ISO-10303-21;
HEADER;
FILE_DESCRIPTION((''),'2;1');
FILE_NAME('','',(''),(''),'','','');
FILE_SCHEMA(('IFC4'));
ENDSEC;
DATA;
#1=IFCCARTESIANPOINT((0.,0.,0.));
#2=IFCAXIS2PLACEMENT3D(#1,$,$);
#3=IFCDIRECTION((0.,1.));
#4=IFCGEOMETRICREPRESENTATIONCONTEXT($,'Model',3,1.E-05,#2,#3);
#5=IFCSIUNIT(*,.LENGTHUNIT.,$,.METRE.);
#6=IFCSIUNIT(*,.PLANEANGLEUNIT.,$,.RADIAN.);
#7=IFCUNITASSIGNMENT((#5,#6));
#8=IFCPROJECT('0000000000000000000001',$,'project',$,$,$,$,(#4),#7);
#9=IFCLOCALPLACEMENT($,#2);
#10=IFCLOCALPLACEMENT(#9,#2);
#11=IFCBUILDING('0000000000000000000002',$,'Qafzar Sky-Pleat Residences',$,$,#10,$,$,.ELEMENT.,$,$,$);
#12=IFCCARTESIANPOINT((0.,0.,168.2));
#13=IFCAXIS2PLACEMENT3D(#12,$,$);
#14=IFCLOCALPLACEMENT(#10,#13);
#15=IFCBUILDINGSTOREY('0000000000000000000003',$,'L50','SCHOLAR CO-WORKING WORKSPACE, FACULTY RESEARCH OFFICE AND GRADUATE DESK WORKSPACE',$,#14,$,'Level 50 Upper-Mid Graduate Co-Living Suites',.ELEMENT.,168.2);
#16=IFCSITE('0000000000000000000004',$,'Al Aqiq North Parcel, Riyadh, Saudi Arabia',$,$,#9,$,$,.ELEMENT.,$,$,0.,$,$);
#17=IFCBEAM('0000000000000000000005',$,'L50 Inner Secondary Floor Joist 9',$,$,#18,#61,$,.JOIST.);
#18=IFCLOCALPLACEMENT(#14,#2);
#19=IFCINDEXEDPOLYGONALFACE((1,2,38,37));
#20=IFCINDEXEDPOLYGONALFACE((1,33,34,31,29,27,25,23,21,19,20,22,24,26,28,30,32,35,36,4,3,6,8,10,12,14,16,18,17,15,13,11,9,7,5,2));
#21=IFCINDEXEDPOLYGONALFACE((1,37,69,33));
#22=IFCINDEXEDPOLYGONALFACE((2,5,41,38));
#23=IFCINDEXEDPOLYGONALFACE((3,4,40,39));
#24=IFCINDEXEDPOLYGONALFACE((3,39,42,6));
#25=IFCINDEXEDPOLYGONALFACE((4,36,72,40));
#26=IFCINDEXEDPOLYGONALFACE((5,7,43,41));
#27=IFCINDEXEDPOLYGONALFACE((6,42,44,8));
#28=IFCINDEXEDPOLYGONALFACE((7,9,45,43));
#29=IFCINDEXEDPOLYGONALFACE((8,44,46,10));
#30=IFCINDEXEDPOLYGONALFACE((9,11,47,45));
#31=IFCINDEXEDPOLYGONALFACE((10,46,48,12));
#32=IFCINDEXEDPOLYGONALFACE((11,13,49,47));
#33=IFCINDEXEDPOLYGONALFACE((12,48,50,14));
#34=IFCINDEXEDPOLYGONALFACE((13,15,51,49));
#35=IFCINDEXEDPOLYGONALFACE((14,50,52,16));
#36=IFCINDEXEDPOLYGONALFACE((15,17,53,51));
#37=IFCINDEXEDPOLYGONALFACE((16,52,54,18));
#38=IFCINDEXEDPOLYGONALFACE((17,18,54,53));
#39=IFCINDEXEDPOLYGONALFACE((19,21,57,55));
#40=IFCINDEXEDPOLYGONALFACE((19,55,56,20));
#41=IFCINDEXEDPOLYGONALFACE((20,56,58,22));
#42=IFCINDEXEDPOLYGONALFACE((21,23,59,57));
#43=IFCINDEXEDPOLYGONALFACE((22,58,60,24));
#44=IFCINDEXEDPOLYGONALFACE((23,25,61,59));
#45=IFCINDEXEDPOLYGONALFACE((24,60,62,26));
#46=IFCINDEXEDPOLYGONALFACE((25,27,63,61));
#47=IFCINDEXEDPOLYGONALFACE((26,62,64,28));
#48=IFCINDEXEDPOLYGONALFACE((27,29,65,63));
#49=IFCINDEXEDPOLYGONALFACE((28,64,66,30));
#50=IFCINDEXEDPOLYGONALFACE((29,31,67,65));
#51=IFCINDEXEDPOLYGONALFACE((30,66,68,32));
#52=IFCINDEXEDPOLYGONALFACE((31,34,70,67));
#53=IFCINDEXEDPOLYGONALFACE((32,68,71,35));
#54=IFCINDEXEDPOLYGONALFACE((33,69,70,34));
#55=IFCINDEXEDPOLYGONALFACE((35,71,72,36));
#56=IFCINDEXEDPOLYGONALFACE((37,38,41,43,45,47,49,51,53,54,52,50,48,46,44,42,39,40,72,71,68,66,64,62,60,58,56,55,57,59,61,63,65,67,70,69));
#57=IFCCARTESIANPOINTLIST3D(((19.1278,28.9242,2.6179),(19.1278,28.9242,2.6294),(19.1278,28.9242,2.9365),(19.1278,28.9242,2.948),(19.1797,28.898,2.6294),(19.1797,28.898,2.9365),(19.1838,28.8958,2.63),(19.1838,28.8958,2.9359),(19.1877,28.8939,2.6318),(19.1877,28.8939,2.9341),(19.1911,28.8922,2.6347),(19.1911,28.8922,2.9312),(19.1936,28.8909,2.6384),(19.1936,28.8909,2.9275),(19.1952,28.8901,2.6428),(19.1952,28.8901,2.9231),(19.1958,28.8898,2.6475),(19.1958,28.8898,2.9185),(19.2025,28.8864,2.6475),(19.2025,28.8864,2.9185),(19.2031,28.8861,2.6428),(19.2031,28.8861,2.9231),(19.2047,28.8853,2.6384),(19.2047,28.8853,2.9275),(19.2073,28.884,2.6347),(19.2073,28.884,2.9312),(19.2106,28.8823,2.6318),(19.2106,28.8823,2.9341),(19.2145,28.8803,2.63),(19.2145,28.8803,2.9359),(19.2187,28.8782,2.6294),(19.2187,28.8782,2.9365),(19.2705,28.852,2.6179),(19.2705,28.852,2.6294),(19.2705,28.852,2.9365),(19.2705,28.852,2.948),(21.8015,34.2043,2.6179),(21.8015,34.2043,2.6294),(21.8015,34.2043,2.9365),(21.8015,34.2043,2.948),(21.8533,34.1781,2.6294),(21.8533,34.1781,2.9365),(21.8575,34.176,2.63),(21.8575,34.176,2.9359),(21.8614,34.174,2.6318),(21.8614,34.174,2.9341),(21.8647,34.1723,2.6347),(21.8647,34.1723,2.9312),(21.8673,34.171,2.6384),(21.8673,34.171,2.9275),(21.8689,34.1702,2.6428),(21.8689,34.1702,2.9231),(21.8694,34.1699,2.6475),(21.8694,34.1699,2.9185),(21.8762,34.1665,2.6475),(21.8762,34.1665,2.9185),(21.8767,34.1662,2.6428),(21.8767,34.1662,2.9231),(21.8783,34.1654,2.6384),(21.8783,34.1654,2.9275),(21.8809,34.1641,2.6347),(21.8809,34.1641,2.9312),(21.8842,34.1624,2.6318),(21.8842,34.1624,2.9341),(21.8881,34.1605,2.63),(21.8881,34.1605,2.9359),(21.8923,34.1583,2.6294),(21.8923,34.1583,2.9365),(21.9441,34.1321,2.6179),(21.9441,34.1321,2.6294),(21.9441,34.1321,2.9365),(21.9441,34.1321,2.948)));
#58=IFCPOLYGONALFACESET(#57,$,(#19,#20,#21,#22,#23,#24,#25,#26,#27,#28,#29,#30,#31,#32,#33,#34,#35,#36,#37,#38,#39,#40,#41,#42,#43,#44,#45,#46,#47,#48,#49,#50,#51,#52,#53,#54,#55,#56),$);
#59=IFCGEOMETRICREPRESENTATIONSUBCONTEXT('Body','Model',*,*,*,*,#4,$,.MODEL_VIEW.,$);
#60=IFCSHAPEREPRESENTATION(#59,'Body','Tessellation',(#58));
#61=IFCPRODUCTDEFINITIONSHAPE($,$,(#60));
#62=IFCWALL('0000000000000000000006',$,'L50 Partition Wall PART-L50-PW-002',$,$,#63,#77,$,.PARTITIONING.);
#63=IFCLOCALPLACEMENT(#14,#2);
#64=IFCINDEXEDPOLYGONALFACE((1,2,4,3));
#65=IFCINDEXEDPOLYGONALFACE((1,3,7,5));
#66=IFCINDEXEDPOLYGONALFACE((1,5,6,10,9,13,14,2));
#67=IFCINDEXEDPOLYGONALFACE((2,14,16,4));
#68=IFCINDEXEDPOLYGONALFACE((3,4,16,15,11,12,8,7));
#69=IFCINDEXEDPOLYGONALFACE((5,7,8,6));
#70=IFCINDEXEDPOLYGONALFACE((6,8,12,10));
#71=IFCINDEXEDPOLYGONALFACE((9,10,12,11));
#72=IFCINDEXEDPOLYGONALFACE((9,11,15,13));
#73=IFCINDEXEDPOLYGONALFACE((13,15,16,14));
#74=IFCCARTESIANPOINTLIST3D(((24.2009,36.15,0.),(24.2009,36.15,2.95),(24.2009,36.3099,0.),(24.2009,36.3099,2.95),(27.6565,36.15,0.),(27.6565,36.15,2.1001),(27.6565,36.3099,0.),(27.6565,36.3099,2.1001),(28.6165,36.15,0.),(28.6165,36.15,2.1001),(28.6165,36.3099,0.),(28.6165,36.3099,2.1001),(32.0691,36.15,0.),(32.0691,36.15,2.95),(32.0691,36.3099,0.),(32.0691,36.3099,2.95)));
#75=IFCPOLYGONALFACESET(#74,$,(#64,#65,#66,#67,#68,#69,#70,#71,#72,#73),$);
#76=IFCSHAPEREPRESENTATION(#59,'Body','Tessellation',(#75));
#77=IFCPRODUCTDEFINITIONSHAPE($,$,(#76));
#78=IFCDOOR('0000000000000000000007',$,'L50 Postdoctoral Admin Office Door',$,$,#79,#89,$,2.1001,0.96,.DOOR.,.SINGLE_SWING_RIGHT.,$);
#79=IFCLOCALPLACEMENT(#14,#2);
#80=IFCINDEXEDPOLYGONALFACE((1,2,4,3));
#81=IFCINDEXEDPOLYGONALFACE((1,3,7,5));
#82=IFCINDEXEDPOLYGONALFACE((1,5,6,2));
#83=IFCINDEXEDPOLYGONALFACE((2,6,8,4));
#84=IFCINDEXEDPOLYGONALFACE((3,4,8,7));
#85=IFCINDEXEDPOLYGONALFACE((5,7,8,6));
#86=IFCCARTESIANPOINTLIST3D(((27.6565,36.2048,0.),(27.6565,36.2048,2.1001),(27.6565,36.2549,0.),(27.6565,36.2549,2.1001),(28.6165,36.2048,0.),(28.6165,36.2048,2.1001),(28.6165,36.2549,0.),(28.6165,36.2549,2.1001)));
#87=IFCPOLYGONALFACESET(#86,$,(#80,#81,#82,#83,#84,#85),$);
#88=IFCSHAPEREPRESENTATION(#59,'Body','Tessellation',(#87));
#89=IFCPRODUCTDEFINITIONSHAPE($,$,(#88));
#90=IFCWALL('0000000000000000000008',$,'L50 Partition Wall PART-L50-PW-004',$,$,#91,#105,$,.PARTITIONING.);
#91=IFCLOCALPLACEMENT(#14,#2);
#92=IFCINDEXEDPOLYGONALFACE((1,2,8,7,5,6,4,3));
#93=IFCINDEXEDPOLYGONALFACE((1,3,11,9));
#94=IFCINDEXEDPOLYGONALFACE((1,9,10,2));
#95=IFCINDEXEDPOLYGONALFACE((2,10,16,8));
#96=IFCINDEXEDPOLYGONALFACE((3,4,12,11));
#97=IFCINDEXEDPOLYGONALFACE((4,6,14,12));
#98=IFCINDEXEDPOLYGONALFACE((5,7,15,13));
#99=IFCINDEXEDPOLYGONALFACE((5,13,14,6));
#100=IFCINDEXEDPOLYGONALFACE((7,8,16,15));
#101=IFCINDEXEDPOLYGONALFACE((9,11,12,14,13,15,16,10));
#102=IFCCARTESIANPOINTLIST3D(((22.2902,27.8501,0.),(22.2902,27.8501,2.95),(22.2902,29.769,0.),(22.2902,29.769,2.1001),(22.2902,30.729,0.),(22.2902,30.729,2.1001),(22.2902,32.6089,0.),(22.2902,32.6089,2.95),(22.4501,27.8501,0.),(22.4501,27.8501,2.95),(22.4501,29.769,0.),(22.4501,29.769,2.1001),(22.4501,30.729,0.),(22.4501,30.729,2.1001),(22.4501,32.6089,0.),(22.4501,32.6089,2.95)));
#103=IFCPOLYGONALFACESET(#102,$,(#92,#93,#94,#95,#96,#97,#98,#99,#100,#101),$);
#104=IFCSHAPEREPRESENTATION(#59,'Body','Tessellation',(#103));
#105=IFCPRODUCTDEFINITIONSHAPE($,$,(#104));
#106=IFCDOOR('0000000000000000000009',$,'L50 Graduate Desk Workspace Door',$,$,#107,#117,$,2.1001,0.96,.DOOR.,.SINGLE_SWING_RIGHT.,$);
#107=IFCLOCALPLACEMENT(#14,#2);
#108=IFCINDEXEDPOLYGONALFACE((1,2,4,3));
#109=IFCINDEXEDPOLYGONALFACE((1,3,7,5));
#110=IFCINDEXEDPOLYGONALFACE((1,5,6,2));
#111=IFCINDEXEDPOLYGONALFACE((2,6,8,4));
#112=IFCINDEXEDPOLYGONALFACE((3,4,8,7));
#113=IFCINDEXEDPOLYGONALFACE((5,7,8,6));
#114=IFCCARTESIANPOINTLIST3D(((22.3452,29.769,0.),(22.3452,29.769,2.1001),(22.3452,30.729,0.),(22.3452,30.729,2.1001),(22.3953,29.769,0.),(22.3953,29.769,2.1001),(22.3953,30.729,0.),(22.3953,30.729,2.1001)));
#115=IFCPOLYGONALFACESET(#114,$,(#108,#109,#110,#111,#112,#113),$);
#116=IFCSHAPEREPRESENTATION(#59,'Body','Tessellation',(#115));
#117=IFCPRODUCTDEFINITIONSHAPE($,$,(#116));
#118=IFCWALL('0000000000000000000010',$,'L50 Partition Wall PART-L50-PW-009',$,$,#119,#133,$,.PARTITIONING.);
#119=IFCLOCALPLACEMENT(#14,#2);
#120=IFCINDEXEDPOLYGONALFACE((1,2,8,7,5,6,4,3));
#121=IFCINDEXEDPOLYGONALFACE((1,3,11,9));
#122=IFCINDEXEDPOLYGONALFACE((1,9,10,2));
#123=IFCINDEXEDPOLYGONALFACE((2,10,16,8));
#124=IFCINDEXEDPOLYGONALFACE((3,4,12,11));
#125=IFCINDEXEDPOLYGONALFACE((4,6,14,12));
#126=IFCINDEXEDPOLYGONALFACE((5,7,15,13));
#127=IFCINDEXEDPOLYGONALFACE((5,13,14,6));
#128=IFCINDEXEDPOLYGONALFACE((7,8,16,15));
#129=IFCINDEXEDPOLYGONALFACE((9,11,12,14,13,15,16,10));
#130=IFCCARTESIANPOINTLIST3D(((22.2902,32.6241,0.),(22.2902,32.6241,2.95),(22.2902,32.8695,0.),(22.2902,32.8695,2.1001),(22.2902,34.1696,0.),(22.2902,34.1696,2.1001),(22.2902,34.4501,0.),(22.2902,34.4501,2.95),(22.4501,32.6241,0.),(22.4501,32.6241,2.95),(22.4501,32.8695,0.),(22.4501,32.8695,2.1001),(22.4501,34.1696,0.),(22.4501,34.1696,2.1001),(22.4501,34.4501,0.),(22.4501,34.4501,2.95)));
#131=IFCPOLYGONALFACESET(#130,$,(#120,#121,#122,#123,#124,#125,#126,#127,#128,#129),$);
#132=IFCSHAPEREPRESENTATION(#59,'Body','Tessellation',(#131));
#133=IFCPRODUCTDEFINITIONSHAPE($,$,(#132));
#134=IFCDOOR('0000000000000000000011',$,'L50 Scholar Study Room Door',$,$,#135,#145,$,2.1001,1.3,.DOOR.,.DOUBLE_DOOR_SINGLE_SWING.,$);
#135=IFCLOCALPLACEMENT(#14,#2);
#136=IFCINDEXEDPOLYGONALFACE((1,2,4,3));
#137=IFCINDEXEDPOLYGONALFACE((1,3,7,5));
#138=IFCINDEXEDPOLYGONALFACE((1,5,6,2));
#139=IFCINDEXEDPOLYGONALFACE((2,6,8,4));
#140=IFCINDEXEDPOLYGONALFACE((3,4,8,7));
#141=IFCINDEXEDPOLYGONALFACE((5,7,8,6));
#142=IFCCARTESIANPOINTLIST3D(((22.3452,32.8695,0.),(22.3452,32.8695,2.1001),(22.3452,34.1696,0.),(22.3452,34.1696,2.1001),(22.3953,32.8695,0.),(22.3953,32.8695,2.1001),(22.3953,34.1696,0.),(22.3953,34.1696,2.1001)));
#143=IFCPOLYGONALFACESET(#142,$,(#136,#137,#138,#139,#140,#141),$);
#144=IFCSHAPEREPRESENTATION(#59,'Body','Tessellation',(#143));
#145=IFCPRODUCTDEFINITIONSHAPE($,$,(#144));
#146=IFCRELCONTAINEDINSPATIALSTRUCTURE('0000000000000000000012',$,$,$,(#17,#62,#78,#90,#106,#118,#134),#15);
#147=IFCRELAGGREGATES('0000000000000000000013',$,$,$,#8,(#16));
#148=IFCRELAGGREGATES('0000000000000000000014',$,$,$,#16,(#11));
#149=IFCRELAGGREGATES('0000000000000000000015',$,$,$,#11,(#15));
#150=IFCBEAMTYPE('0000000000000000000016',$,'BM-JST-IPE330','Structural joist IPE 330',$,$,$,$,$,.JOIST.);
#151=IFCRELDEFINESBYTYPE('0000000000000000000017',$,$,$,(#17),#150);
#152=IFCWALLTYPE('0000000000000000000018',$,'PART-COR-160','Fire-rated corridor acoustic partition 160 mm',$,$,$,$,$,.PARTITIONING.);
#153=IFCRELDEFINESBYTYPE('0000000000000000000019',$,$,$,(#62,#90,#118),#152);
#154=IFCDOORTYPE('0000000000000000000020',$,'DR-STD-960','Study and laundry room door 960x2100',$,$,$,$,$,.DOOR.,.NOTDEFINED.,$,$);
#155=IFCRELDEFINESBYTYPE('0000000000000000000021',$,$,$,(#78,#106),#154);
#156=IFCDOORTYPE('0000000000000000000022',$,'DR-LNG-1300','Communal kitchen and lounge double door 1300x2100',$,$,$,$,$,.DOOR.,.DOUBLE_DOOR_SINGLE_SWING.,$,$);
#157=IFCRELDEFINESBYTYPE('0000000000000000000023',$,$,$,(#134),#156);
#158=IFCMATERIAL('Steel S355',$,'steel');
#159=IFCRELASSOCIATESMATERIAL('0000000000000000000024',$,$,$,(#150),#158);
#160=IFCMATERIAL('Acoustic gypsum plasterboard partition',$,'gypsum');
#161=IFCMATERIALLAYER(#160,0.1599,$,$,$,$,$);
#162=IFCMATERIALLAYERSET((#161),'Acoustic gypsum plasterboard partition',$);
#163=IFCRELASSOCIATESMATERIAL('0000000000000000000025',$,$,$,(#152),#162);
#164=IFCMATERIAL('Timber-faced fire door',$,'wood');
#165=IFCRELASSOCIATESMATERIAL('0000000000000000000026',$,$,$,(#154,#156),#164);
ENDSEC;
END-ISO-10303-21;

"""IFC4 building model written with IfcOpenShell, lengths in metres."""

from ifc_helpers import new_model, si_unit, direction, frame, frame_2d, origin, origin_2d, place, context, subcontext, project, spatial, rectangle, i_section, extrude, source, transform, mapped, material, layer, layer_set, material_profile, profile_set, type_object, element, fill, save


model = new_model("IFC4")

# Units and contexts
model_context = context("Model", 3, precision=1e-05, world=origin(), true_north=direction((0.0, 1.0)))
body_context = subcontext(model_context, "Body", "Model", "MODEL_VIEW")
ifc_project = project(units=[si_unit("LENGTHUNIT", "METRE"), si_unit("PLANEANGLEUNIT", "RADIAN")], contexts=[model_context])

# Site, building, storey
site_placement = place(None, origin())
site = spatial("IfcSite", under=ifc_project, at=site_placement, Name="Al Aqiq North Parcel, Riyadh, Saudi Arabia", CompositionType="ELEMENT", RefElevation=0.0)
building_placement = place(site_placement, origin())
building = spatial("IfcBuilding", under=site, at=building_placement, Name="Qafzar Sky-Pleat Residences", CompositionType="ELEMENT")
storey_placement = place(building_placement, frame((0.0, 0.0, 168.2)))
storey = spatial("IfcBuildingStorey", under=building, at=storey_placement, Name="L50", Description="SCHOLAR CO-WORKING WORKSPACE, FACULTY RESEARCH OFFICE AND GRADUATE DESK WORKSPACE", LongName="Level 50 Upper-Mid Graduate Co-Living Suites", CompositionType="ELEMENT", Elevation=168.2)

# Beam
ifc_material_1 = material(Name="Steel S355", Category="steel")
ifc_material_profile = material_profile(ifc_material_1, i_section(OverallWidth=0.1599, OverallDepth=0.3301, WebThickness=0.0076, FlangeThickness=0.0115, FilletRadius=0.0181, at=origin_2d()), Name="IPE 330")
ifc_profile_set = profile_set([ifc_material_profile], Name="Steel S355")
beam_type = type_object("IfcBeamType", Name="BM-JST-IPE330", Description="Structural joist IPE 330", PredefinedType="JOIST", material=ifc_profile_set)
shared_shape_1 = source(origin(), body_context, "Body", "SweptSolid", [
    extrude(i_section(OverallWidth=0.1599, OverallDepth=0.3301, WebThickness=0.0076, FlangeThickness=0.0115, FilletRadius=0.0181, at=origin_2d()), origin(), (0.0, 0.0, 1.0), 5.9185),
])
beam_placement = place(storey_placement, frame((21.8728, 34.1682, 2.783), z_axis=(-0.451746, -0.892147, 0.0), x_axis=(0.892147, -0.451746, 0.0)))
element("IfcBeam", 1, at=beam_placement, inside=storey, type_object=beam_type, Name="L50 Inner Secondary Floor Joist 9", PredefinedType="JOIST", context=body_context, shape_type="MappedRepresentation", body=[
    mapped(shared_shape_1, transform((0.0, 0.0, 0.0), x_axis=(1.0, 0.0, 0.0), y_axis=(0.0, 1.0, 0.0), z_axis=(0.0, 0.0, 1.0), scale=1.0)),
])

# Walls, openings, doors
ifc_material_2 = material(Name="Acoustic gypsum plasterboard partition", Category="gypsum")
ifc_layer_1 = layer(ifc_material_2, 0.1599)
ifc_layer_set_1 = layer_set([ifc_layer_1], Name="Acoustic gypsum plasterboard partition")
wall_type_1 = type_object("IfcWallType", Name="PART-COR-160", Description="Fire-rated corridor acoustic partition 160 mm", PredefinedType="PARTITIONING", material=ifc_layer_set_1)
wall_1_placement = place(storey_placement, frame((24.2009, 36.23, 0.0), z_axis=(0.0, 0.0, 1.0), x_axis=(1.0, 0.0, 0.0)))
wall_1 = element("IfcWall", 2, at=wall_1_placement, inside=storey, type_object=wall_type_1, Name="L50 Partition Wall PART-L50-PW-002", PredefinedType="PARTITIONING", context=body_context, shape_type="SweptSolid", body=[
    extrude(rectangle(XDim=7.8682, YDim=0.1599, at=frame_2d((3.9341, 0.0))), origin(), (0.0, 0.0, 1.0), 2.95),
])
opening_1_placement = place(wall_1_placement, frame((3.4556, 0.0, 0.0)))
opening_1 = element("IfcOpeningElement", 3, at=opening_1_placement, cuts=wall_1, PredefinedType="OPENING", context=body_context, shape_type="SweptSolid", body=[
    extrude(rectangle(XDim=0.96, YDim=2.1001, at=frame_2d((0.48, 1.05))), frame((0.0, 0.0898, 0.0), z_axis=(0.0, -1.0, 0.0), x_axis=(1.0, 0.0, 0.0)), (0.0, 0.0, 1.0), 0.1799),
])
ifc_material_3 = material(Name="Timber-faced fire door", Category="wood")
door_type_1 = type_object("IfcDoorType", Name="DR-STD-960", Description="Study and laundry room door 960x2100", OperationType="NOTDEFINED", PredefinedType="DOOR", material=ifc_material_3)
shared_shape_2 = source(origin(), body_context, "Body", "SweptSolid", [
    extrude(rectangle(XDim=0.96, YDim=2.1001, at=frame_2d((0.48, 1.05))), frame((0.0, 0.0249, 0.0), z_axis=(0.0, -1.0, 0.0), x_axis=(1.0, 0.0, 0.0)), (0.0, 0.0, 1.0), 0.05),
])
door_1_placement = place(opening_1_placement, origin())
door_1 = element("IfcDoor", 4, at=door_1_placement, inside=storey, type_object=door_type_1, Name="L50 Postdoctoral Admin Office Door", OperationType="SINGLE_SWING_RIGHT", OverallHeight=2.1001, OverallWidth=0.96, PredefinedType="DOOR", context=body_context, shape_type="MappedRepresentation", body=[
    mapped(shared_shape_2, transform((0.0, 0.0, 0.0), x_axis=(1.0, 0.0, 0.0), y_axis=(0.0, 1.0, 0.0), z_axis=(0.0, 0.0, 1.0), scale=1.0)),
])
fill(opening_1, door_1)
wall_2_placement = place(storey_placement, frame((22.3701, 27.8501, 0.0), z_axis=(0.0, 0.0, 1.0), x_axis=(0.0, 1.0, 0.0)))
wall_2 = element("IfcWall", 5, at=wall_2_placement, inside=storey, type_object=wall_type_1, Name="L50 Partition Wall PART-L50-PW-004", PredefinedType="PARTITIONING", context=body_context, shape_type="SweptSolid", body=[
    extrude(rectangle(XDim=4.7588, YDim=0.1599, at=frame_2d((2.3794, 0.0))), origin(), (0.0, 0.0, 1.0), 2.95),
])
opening_2_placement = place(wall_2_placement, frame((1.9189, 0.0, 0.0)))
opening_2 = element("IfcOpeningElement", 6, at=opening_2_placement, cuts=wall_2, PredefinedType="OPENING", context=body_context, shape_type="SweptSolid", body=[
    extrude(rectangle(XDim=0.96, YDim=2.1001, at=frame_2d((0.48, 1.05))), frame((0.0, 0.0898, 0.0), z_axis=(0.0, -1.0, 0.0), x_axis=(1.0, 0.0, 0.0)), (0.0, 0.0, 1.0), 0.1799),
])
door_2_placement = place(opening_2_placement, origin())
door_2 = element("IfcDoor", 7, at=door_2_placement, inside=storey, type_object=door_type_1, Name="L50 Graduate Desk Workspace Door", OperationType="SINGLE_SWING_RIGHT", OverallHeight=2.1001, OverallWidth=0.96, PredefinedType="DOOR", context=body_context, shape_type="MappedRepresentation", body=[
    mapped(shared_shape_2, transform((0.0, 0.0, 0.0), x_axis=(1.0, 0.0, 0.0), y_axis=(0.0, 1.0, 0.0), z_axis=(0.0, 0.0, 1.0), scale=1.0)),
])
fill(opening_2, door_2)
wall_3_placement = place(storey_placement, frame((22.3701, 32.624, 0.0), z_axis=(0.0, 0.0, 1.0), x_axis=(0.0, 1.0, 0.0)))
wall_3 = element("IfcWall", 8, at=wall_3_placement, inside=storey, type_object=wall_type_1, Name="L50 Partition Wall PART-L50-PW-009", PredefinedType="PARTITIONING", context=body_context, shape_type="SweptSolid", body=[
    extrude(rectangle(XDim=1.8259, YDim=0.1599, at=frame_2d((0.9131, 0.0))), origin(), (0.0, 0.0, 1.0), 2.95),
])
opening_3_placement = place(wall_3_placement, frame((0.2456, 0.0, 0.0)))
opening_3 = element("IfcOpeningElement", 9, at=opening_3_placement, cuts=wall_3, PredefinedType="OPENING", context=body_context, shape_type="SweptSolid", body=[
    extrude(rectangle(XDim=1.3, YDim=2.1001, at=frame_2d((0.6499, 1.05))), frame((0.0, 0.0898, 0.0), z_axis=(0.0, -1.0, 0.0), x_axis=(1.0, 0.0, 0.0)), (0.0, 0.0, 1.0), 0.1799),
])
door_type_2 = type_object("IfcDoorType", Name="DR-LNG-1300", Description="Communal kitchen and lounge double door 1300x2100", OperationType="DOUBLE_DOOR_SINGLE_SWING", PredefinedType="DOOR", material=ifc_material_3)
shared_shape_3 = source(origin(), body_context, "Body", "SweptSolid", [
    extrude(rectangle(XDim=1.3, YDim=2.1001, at=frame_2d((0.6499, 1.05))), frame((0.0, 0.0249, 0.0), z_axis=(0.0, -1.0, 0.0), x_axis=(1.0, 0.0, 0.0)), (0.0, 0.0, 1.0), 0.05),
])
door_3_placement = place(opening_3_placement, origin())
door_3 = element("IfcDoor", 10, at=door_3_placement, inside=storey, type_object=door_type_2, Name="L50 Scholar Study Room Door", OperationType="DOUBLE_DOOR_SINGLE_SWING", OverallHeight=2.1001, OverallWidth=1.3, PredefinedType="DOOR", context=body_context, shape_type="MappedRepresentation", body=[
    mapped(shared_shape_3, transform((0.0, 0.0, 0.0), x_axis=(1.0, 0.0, 0.0), y_axis=(0.0, 1.0, 0.0), z_axis=(0.0, 0.0, 1.0), scale=1.0)),
])
fill(opening_3, door_3)

save(model, "model.ifc")
